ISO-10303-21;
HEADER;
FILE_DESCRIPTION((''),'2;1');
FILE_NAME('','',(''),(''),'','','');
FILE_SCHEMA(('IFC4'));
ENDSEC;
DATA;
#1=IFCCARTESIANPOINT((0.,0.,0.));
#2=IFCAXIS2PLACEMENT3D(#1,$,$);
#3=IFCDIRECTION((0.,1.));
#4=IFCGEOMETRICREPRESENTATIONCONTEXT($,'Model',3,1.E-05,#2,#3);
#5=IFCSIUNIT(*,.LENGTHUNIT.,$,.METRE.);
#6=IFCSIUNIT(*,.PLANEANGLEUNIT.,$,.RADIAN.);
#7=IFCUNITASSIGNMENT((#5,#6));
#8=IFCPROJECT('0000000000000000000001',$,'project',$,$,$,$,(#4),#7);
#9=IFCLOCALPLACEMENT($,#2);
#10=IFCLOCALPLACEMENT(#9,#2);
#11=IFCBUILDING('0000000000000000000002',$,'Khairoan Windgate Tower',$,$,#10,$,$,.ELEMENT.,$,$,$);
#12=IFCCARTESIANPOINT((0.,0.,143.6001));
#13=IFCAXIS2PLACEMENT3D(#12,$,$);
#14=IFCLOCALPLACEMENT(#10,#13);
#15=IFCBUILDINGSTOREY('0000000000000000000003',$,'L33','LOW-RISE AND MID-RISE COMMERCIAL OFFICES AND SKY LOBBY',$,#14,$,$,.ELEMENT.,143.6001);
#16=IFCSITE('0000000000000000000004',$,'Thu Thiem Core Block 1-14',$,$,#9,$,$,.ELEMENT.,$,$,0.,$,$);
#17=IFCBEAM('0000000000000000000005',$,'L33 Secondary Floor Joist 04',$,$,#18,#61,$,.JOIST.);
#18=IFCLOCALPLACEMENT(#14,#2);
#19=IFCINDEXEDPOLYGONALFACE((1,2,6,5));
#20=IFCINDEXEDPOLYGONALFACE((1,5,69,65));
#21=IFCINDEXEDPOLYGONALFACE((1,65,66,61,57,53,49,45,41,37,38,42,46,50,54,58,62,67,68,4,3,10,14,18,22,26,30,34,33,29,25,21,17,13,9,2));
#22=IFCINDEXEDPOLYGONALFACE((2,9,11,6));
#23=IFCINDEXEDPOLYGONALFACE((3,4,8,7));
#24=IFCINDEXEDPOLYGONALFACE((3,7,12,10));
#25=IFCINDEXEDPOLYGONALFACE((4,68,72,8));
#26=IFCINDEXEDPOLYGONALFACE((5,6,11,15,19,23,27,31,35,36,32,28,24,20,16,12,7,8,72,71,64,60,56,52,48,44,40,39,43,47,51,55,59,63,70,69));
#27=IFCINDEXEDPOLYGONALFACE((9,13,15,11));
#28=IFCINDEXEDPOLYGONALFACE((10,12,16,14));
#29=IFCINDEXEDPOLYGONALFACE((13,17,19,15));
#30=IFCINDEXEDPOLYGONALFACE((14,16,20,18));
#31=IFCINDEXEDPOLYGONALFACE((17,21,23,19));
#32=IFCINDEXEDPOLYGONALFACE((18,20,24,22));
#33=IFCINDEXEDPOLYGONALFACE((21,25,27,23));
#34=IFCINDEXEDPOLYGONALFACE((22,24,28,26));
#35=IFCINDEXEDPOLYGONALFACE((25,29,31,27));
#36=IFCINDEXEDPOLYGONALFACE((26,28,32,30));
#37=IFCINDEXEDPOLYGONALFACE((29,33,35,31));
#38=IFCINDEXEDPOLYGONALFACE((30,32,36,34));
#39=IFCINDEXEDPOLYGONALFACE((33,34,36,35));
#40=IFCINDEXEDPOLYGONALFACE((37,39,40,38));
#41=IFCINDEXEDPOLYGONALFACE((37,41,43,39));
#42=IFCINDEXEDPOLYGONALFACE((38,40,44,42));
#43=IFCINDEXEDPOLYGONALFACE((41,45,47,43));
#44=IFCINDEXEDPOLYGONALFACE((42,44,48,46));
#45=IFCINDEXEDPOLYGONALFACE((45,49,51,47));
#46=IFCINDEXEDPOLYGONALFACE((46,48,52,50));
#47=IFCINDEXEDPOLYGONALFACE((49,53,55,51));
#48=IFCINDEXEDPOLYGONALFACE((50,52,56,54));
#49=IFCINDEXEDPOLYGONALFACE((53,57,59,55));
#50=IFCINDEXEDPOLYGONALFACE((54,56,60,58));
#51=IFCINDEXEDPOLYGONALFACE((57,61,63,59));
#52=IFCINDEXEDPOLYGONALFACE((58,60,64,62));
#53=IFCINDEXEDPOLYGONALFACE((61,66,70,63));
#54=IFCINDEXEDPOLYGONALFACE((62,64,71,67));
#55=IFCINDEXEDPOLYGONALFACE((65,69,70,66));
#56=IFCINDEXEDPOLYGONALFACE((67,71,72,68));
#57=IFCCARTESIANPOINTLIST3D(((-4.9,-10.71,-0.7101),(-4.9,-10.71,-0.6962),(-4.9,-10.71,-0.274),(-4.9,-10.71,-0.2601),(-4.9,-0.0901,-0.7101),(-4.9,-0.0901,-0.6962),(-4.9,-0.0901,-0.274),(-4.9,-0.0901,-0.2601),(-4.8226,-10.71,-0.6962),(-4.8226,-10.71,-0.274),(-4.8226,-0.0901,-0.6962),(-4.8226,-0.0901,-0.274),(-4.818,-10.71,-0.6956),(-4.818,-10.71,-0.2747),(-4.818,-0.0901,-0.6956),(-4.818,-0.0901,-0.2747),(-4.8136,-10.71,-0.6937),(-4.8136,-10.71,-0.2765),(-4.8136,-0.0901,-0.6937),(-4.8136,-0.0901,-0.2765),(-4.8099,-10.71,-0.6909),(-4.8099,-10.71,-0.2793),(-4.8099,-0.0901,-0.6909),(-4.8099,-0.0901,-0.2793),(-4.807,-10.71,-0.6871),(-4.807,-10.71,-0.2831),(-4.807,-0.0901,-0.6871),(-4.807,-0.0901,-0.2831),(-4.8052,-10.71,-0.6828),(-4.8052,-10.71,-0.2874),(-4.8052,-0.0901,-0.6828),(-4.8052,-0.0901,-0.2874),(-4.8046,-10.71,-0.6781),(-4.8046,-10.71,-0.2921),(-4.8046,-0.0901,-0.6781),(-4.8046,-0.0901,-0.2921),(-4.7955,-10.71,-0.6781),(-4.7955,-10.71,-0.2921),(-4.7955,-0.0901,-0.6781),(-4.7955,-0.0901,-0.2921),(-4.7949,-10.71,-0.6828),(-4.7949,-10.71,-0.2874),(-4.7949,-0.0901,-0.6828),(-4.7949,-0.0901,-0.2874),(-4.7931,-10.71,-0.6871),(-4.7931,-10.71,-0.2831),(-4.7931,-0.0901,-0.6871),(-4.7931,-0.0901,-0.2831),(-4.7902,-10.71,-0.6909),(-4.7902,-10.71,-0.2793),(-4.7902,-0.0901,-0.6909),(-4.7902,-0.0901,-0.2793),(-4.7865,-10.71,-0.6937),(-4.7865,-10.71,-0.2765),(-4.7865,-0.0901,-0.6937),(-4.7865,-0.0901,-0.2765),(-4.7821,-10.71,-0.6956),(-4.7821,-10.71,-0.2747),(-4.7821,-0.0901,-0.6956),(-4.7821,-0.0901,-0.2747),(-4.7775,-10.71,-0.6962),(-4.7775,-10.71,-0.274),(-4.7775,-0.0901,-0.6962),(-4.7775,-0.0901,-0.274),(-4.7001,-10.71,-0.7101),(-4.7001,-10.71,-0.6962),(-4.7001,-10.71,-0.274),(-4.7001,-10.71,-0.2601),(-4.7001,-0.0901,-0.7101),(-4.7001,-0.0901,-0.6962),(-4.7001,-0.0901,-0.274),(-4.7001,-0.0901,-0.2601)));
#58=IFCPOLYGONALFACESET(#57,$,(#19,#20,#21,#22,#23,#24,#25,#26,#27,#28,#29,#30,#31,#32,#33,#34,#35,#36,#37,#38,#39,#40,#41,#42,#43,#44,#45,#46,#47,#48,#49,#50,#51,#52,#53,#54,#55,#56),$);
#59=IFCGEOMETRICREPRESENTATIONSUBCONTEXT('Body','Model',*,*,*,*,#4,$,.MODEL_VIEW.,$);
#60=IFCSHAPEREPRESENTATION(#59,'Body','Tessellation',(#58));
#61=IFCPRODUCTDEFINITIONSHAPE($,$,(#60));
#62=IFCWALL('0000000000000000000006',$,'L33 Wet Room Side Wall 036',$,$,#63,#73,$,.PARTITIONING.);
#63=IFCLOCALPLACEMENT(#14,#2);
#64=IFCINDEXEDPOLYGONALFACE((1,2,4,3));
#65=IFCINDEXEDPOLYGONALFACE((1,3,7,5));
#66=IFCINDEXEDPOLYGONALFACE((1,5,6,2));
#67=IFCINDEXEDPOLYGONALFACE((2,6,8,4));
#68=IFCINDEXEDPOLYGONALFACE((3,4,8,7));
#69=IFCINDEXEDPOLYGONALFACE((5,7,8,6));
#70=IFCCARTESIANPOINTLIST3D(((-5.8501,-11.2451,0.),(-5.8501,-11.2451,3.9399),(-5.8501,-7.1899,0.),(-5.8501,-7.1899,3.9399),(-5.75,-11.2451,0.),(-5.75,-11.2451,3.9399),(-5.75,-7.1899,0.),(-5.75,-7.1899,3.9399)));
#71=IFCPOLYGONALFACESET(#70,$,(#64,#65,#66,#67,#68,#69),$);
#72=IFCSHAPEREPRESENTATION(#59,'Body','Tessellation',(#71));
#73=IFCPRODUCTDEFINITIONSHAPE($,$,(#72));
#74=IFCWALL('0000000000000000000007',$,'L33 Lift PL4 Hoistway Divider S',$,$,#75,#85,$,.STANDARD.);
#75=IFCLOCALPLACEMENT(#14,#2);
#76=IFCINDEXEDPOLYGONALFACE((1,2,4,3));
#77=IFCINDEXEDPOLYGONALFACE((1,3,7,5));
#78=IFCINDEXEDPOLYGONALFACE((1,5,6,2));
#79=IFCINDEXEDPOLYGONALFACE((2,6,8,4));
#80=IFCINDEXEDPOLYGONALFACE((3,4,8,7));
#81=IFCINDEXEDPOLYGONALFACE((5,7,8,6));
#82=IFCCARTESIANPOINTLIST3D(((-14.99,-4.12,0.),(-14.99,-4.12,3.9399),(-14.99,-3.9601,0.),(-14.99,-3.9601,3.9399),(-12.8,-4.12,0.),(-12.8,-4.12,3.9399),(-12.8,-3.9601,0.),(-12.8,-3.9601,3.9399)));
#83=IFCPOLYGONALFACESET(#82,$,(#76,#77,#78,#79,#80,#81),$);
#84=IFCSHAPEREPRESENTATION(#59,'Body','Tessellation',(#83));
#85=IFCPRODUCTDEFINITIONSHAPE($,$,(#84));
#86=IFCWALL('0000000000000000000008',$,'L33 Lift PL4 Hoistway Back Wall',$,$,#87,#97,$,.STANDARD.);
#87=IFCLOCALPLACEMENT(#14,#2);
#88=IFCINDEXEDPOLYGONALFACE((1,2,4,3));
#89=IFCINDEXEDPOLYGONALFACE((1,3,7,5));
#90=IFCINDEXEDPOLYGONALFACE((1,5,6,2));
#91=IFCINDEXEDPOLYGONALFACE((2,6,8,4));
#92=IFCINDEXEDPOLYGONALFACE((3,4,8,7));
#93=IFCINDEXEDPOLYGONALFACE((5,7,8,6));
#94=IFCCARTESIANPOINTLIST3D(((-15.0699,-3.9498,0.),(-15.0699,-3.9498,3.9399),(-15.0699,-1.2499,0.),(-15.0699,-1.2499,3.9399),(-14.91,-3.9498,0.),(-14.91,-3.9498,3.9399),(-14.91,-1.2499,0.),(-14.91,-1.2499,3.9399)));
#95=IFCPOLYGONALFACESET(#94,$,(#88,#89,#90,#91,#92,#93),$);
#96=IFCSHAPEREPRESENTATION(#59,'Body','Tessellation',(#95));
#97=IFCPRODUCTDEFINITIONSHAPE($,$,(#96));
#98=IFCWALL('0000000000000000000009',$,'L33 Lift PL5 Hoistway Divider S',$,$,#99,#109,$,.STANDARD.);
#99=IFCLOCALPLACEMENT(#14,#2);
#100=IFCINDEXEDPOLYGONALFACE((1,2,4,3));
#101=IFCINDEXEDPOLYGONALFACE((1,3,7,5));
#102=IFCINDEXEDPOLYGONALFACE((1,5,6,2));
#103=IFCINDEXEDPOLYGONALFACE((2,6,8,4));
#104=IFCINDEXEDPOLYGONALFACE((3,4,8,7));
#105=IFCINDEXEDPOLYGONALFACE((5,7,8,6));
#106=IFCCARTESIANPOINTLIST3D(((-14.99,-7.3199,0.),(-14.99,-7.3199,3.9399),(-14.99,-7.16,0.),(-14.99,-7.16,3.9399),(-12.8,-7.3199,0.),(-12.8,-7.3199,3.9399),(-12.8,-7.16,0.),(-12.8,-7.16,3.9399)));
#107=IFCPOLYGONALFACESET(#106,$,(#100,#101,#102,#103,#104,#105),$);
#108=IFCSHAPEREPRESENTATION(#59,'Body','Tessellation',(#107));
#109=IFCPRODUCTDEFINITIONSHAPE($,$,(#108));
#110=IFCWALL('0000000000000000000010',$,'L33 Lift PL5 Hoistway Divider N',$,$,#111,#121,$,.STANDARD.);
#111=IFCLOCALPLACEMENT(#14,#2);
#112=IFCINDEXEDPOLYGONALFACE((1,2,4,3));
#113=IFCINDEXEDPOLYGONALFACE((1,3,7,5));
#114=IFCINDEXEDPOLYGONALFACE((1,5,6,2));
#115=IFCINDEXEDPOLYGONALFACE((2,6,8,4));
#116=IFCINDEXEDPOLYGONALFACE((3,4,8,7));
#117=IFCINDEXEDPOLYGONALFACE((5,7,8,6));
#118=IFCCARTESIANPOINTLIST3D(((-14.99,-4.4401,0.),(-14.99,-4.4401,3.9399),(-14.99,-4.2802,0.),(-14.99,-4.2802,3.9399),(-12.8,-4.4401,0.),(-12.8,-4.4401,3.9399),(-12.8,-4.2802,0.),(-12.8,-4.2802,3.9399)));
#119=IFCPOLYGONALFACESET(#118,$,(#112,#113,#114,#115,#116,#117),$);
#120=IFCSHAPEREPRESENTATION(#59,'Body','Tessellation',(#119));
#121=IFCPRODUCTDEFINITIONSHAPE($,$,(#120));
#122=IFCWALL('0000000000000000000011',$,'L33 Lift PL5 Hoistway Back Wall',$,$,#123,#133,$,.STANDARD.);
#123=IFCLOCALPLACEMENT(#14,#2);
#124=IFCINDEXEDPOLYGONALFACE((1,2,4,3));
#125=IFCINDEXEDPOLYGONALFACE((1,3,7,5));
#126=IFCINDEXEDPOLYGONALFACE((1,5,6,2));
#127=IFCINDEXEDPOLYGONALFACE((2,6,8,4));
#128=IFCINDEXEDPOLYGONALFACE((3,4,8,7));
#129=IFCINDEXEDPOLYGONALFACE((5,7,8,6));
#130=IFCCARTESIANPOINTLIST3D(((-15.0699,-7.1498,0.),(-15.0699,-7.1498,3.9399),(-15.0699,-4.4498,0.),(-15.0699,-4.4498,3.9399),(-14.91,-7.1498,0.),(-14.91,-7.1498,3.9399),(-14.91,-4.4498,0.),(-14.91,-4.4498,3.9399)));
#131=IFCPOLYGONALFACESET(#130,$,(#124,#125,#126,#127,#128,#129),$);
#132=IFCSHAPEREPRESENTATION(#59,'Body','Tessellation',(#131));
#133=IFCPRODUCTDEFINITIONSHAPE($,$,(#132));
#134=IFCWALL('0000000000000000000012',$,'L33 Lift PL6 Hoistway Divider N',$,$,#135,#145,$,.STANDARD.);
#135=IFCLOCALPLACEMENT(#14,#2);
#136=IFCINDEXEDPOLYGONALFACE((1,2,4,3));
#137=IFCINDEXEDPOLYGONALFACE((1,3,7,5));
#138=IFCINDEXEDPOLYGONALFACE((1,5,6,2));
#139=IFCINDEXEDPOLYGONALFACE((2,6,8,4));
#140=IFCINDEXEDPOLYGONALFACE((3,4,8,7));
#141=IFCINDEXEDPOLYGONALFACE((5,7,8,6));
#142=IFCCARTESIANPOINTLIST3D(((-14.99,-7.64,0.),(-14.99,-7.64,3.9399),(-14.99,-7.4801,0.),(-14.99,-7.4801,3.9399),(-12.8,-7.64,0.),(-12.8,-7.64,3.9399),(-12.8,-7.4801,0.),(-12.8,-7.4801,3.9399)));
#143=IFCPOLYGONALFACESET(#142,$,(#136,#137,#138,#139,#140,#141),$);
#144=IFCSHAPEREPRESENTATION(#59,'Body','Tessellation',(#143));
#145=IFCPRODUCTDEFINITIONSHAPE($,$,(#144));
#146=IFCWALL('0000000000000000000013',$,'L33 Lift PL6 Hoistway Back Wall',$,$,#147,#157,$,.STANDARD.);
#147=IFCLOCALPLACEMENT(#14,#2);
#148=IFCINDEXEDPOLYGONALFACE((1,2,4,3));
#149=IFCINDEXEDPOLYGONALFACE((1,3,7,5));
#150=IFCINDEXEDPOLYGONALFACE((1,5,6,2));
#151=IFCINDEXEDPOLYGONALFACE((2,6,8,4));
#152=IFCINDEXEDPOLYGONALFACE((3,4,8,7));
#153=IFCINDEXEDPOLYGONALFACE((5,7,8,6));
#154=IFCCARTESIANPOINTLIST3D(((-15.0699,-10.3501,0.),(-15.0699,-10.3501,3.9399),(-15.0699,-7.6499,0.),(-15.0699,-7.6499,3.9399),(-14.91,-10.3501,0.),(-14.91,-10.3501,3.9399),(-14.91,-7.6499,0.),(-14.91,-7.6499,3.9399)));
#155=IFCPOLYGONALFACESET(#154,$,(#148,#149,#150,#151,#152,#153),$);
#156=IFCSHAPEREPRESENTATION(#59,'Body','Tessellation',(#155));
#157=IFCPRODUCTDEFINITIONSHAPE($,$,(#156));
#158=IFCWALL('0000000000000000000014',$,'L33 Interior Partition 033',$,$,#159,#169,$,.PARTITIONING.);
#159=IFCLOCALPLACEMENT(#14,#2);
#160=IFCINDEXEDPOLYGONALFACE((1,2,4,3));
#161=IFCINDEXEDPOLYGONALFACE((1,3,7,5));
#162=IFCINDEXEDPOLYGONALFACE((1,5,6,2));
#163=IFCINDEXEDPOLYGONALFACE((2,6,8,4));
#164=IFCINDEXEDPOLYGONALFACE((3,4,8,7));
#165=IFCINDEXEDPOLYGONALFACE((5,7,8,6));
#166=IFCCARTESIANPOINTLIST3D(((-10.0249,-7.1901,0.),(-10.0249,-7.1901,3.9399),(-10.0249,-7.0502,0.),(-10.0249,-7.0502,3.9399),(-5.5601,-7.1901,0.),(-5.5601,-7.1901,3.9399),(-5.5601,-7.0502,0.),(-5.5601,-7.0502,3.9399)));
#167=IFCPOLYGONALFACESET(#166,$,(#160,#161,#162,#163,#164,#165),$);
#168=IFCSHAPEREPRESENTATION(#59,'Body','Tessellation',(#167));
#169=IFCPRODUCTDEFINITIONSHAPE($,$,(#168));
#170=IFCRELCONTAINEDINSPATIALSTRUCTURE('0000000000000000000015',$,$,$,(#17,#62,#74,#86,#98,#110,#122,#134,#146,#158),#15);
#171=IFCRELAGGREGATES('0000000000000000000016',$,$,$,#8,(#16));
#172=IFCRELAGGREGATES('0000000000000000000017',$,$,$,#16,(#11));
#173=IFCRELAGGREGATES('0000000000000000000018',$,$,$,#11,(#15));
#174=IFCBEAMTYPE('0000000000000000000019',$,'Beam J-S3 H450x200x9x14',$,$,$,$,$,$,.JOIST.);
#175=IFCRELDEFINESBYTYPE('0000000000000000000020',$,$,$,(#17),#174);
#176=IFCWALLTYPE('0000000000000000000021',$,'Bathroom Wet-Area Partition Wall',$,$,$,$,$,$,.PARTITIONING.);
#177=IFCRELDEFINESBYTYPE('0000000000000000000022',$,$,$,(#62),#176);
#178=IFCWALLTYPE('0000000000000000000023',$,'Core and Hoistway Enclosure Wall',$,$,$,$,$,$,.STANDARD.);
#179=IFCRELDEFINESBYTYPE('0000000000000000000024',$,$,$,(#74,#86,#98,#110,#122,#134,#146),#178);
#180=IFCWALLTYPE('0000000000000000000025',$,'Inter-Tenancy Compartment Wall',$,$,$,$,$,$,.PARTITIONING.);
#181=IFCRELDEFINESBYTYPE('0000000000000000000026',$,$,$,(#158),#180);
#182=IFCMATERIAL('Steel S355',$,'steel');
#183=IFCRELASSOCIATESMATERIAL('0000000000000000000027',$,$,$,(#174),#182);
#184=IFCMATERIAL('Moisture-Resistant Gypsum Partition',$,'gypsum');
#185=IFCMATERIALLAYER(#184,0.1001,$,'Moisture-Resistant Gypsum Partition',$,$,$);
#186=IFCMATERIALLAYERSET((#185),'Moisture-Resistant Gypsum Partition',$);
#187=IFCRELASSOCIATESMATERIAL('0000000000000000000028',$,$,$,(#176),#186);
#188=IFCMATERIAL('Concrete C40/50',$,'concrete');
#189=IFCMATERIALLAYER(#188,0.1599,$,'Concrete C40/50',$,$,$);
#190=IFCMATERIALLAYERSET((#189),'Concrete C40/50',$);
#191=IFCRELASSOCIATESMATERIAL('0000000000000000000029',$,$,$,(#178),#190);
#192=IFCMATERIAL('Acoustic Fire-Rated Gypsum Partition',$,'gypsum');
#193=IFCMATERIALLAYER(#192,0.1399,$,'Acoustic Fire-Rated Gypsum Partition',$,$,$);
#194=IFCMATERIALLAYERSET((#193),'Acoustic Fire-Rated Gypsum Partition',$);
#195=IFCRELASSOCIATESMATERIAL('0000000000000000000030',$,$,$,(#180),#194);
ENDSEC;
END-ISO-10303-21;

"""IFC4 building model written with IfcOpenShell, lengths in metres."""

from ifc_helpers import new_model, si_unit, direction, frame, frame_2d, origin, origin_2d, place, context, subcontext, project, spatial, rectangle, i_section, extrude, material, layer, layer_set, material_profile, profile_set, type_object, element, save


model = new_model("IFC4")

# Units and contexts
model_context = context("Model", 3, precision=1e-05, world=origin(), true_north=direction((0.0, 1.0)))
body_context = subcontext(model_context, "Body", "Model", "MODEL_VIEW")
ifc_project = project(units=[si_unit("LENGTHUNIT", "METRE"), si_unit("PLANEANGLEUNIT", "RADIAN")], contexts=[model_context])

# Site, building, storey
site_placement = place(None, origin())
site = spatial("IfcSite", under=ifc_project, at=site_placement, Name="Thu Thiem Core Block 1-14", CompositionType="ELEMENT", RefElevation=0.0)
building_placement = place(site_placement, origin())
building = spatial("IfcBuilding", under=site, at=building_placement, Name="Khairoan Windgate Tower", CompositionType="ELEMENT")
storey_placement = place(building_placement, frame((0.0, 0.0, 143.6001)))
storey = spatial("IfcBuildingStorey", under=building, at=storey_placement, Name="L33", Description="LOW-RISE AND MID-RISE COMMERCIAL OFFICES AND SKY LOBBY", CompositionType="ELEMENT", Elevation=143.6001)

# Beam
ifc_material_1 = material(Name="Steel S355", Category="steel")
ifc_material_profile_1 = material_profile(ifc_material_1, i_section(OverallWidth=0.2, OverallDepth=0.45, WebThickness=0.009, FlangeThickness=0.0139, FilletRadius=0.0181, at=origin_2d()))
ifc_profile_set_1 = profile_set([ifc_material_profile_1], Name="Steel S355")
beam_type_1 = type_object("IfcBeamType", Name="Beam J-S3 H450x200x9x14", PredefinedType="JOIST", material=ifc_profile_set_1)
beam_1_placement = place(storey_placement, frame((-4.8, -10.71, -0.4851), z_axis=(0.0, 1.0, 0.0), x_axis=(-1.0, 0.0, 0.0)))
element("IfcBeam", 1, at=beam_1_placement, inside=storey, type_object=beam_type_1, Name="L33 Secondary Floor Joist 04", PredefinedType="JOIST", context=body_context, shape_type="SweptSolid", body=[
    extrude(i_section(OverallWidth=0.2, OverallDepth=0.45, WebThickness=0.009, FlangeThickness=0.0139, FilletRadius=0.0181, at=origin_2d()), origin(), (0.0, 0.0, 1.0), 10.6199),
])

# Walls
ifc_material_2 = material(Name="Moisture-Resistant Gypsum Partition", Category="gypsum")
ifc_layer_1 = layer(ifc_material_2, 0.1001, Name="Moisture-Resistant Gypsum Partition")
ifc_layer_set_1 = layer_set([ifc_layer_1], Name="Moisture-Resistant Gypsum Partition")
wall_type_1 = type_object("IfcWallType", Name="Bathroom Wet-Area Partition Wall", PredefinedType="PARTITIONING", material=ifc_layer_set_1)
wall_1_placement = place(storey_placement, frame((-5.8, -7.1899, 0.0), z_axis=(0.0, 0.0, 1.0), x_axis=(0.0, -1.0, 0.0)))
element("IfcWall", 2, at=wall_1_placement, inside=storey, type_object=wall_type_1, Name="L33 Wet Room Side Wall 036", PredefinedType="PARTITIONING", context=body_context, shape_type="SweptSolid", body=[
    extrude(rectangle(XDim=4.0552, YDim=0.1001, at=frame_2d((2.0276, 0.0))), origin(), (0.0, 0.0, 1.0), 3.9399),
])
ifc_material_3 = material(Name="Concrete C40/50", Category="concrete")
ifc_layer_2 = layer(ifc_material_3, 0.1599, Name="Concrete C40/50")
ifc_layer_set_2 = layer_set([ifc_layer_2], Name="Concrete C40/50")
wall_type_2 = type_object("IfcWallType", Name="Core and Hoistway Enclosure Wall", PredefinedType="STANDARD", material=ifc_layer_set_2)
wall_2_placement = place(storey_placement, frame((-14.99, -4.04, 0.0), z_axis=(0.0, 0.0, 1.0), x_axis=(1.0, 0.0, 0.0)))
element("IfcWall", 3, at=wall_2_placement, inside=storey, type_object=wall_type_2, Name="L33 Lift PL4 Hoistway Divider S", PredefinedType="STANDARD", context=body_context, shape_type="SweptSolid", body=[
    extrude(rectangle(XDim=2.1899, YDim=0.1599, at=frame_2d((1.095, 0.0))), origin(), (0.0, 0.0, 1.0), 3.9399),
])
wall_3_placement = place(storey_placement, frame((-14.99, -3.95, 0.0), z_axis=(0.0, 0.0, 1.0), x_axis=(0.0, 1.0, 0.0)))
element("IfcWall", 4, at=wall_3_placement, inside=storey, type_object=wall_type_2, Name="L33 Lift PL4 Hoistway Back Wall", PredefinedType="STANDARD", context=body_context, shape_type="SweptSolid", body=[
    extrude(rectangle(XDim=2.7, YDim=0.1599, at=frame_2d((1.3501, 0.0))), origin(), (0.0, 0.0, 1.0), 3.9399),
])
for number, where, z_axis, x_axis, name in (
    (5, (-14.99, -7.24, 0.0), (0.0, 0.0, 1.0), (1.0, 0.0, 0.0), "L33 Lift PL5 Hoistway Divider S"),
    (6, (-14.99, -4.3601, 0.0), (0.0, 0.0, 1.0), (1.0, 0.0, 0.0), "L33 Lift PL5 Hoistway Divider N"),
):
    element("IfcWall", number, at=place(storey_placement, frame(where, z_axis=z_axis, x_axis=x_axis)), inside=storey, type_object=wall_type_2, Name=name, PredefinedType="STANDARD", context=body_context, shape_type="SweptSolid", body=[
        extrude(rectangle(XDim=2.1899, YDim=0.1599, at=frame_2d((1.095, 0.0))), origin(), (0.0, 0.0, 1.0), 3.9399),
    ])
wall_4_placement = place(storey_placement, frame((-14.99, -7.1499, 0.0), z_axis=(0.0, 0.0, 1.0), x_axis=(0.0, 1.0, 0.0)))
element("IfcWall", 7, at=wall_4_placement, inside=storey, type_object=wall_type_2, Name="L33 Lift PL5 Hoistway Back Wall", PredefinedType="STANDARD", context=body_context, shape_type="SweptSolid", body=[
    extrude(rectangle(XDim=2.7, YDim=0.1599, at=frame_2d((1.3501, 0.0))), origin(), (0.0, 0.0, 1.0), 3.9399),
])
wall_5_placement = place(storey_placement, frame((-14.99, -7.5601, 0.0), z_axis=(0.0, 0.0, 1.0), x_axis=(1.0, 0.0, 0.0)))
element("IfcWall", 8, at=wall_5_placement, inside=storey, type_object=wall_type_2, Name="L33 Lift PL6 Hoistway Divider N", PredefinedType="STANDARD", context=body_context, shape_type="SweptSolid", body=[
    extrude(rectangle(XDim=2.1899, YDim=0.1599, at=frame_2d((1.095, 0.0))), origin(), (0.0, 0.0, 1.0), 3.9399),
])
wall_6_placement = place(storey_placement, frame((-14.99, -10.3501, 0.0), z_axis=(0.0, 0.0, 1.0), x_axis=(0.0, 1.0, 0.0)))
element("IfcWall", 9, at=wall_6_placement, inside=storey, type_object=wall_type_2, Name="L33 Lift PL6 Hoistway Back Wall", PredefinedType="STANDARD", context=body_context, shape_type="SweptSolid", body=[
    extrude(rectangle(XDim=2.7002, YDim=0.1599, at=frame_2d((1.3501, 0.0))), origin(), (0.0, 0.0, 1.0), 3.9399),
])
ifc_material_4 = material(Name="Acoustic Fire-Rated Gypsum Partition", Category="gypsum")
ifc_layer_3 = layer(ifc_material_4, 0.1399, Name="Acoustic Fire-Rated Gypsum Partition")
ifc_layer_set_3 = layer_set([ifc_layer_3], Name="Acoustic Fire-Rated Gypsum Partition")
wall_type_3 = type_object("IfcWallType", Name="Inter-Tenancy Compartment Wall", PredefinedType="PARTITIONING", material=ifc_layer_set_3)
wall_7_placement = place(storey_placement, frame((-10.0249, -7.1201, 0.0), z_axis=(0.0, 0.0, 1.0), x_axis=(1.0, 0.0, 0.0)))
element("IfcWall", 10, at=wall_7_placement, inside=storey, type_object=wall_type_3, Name="L33 Interior Partition 033", PredefinedType="PARTITIONING", context=body_context, shape_type="SweptSolid", body=[
    extrude(rectangle(XDim=4.4648, YDim=0.1399, at=frame_2d((2.2324, 0.0))), origin(), (0.0, 0.0, 1.0), 3.9399),
])

save(model, "model.ifc")
